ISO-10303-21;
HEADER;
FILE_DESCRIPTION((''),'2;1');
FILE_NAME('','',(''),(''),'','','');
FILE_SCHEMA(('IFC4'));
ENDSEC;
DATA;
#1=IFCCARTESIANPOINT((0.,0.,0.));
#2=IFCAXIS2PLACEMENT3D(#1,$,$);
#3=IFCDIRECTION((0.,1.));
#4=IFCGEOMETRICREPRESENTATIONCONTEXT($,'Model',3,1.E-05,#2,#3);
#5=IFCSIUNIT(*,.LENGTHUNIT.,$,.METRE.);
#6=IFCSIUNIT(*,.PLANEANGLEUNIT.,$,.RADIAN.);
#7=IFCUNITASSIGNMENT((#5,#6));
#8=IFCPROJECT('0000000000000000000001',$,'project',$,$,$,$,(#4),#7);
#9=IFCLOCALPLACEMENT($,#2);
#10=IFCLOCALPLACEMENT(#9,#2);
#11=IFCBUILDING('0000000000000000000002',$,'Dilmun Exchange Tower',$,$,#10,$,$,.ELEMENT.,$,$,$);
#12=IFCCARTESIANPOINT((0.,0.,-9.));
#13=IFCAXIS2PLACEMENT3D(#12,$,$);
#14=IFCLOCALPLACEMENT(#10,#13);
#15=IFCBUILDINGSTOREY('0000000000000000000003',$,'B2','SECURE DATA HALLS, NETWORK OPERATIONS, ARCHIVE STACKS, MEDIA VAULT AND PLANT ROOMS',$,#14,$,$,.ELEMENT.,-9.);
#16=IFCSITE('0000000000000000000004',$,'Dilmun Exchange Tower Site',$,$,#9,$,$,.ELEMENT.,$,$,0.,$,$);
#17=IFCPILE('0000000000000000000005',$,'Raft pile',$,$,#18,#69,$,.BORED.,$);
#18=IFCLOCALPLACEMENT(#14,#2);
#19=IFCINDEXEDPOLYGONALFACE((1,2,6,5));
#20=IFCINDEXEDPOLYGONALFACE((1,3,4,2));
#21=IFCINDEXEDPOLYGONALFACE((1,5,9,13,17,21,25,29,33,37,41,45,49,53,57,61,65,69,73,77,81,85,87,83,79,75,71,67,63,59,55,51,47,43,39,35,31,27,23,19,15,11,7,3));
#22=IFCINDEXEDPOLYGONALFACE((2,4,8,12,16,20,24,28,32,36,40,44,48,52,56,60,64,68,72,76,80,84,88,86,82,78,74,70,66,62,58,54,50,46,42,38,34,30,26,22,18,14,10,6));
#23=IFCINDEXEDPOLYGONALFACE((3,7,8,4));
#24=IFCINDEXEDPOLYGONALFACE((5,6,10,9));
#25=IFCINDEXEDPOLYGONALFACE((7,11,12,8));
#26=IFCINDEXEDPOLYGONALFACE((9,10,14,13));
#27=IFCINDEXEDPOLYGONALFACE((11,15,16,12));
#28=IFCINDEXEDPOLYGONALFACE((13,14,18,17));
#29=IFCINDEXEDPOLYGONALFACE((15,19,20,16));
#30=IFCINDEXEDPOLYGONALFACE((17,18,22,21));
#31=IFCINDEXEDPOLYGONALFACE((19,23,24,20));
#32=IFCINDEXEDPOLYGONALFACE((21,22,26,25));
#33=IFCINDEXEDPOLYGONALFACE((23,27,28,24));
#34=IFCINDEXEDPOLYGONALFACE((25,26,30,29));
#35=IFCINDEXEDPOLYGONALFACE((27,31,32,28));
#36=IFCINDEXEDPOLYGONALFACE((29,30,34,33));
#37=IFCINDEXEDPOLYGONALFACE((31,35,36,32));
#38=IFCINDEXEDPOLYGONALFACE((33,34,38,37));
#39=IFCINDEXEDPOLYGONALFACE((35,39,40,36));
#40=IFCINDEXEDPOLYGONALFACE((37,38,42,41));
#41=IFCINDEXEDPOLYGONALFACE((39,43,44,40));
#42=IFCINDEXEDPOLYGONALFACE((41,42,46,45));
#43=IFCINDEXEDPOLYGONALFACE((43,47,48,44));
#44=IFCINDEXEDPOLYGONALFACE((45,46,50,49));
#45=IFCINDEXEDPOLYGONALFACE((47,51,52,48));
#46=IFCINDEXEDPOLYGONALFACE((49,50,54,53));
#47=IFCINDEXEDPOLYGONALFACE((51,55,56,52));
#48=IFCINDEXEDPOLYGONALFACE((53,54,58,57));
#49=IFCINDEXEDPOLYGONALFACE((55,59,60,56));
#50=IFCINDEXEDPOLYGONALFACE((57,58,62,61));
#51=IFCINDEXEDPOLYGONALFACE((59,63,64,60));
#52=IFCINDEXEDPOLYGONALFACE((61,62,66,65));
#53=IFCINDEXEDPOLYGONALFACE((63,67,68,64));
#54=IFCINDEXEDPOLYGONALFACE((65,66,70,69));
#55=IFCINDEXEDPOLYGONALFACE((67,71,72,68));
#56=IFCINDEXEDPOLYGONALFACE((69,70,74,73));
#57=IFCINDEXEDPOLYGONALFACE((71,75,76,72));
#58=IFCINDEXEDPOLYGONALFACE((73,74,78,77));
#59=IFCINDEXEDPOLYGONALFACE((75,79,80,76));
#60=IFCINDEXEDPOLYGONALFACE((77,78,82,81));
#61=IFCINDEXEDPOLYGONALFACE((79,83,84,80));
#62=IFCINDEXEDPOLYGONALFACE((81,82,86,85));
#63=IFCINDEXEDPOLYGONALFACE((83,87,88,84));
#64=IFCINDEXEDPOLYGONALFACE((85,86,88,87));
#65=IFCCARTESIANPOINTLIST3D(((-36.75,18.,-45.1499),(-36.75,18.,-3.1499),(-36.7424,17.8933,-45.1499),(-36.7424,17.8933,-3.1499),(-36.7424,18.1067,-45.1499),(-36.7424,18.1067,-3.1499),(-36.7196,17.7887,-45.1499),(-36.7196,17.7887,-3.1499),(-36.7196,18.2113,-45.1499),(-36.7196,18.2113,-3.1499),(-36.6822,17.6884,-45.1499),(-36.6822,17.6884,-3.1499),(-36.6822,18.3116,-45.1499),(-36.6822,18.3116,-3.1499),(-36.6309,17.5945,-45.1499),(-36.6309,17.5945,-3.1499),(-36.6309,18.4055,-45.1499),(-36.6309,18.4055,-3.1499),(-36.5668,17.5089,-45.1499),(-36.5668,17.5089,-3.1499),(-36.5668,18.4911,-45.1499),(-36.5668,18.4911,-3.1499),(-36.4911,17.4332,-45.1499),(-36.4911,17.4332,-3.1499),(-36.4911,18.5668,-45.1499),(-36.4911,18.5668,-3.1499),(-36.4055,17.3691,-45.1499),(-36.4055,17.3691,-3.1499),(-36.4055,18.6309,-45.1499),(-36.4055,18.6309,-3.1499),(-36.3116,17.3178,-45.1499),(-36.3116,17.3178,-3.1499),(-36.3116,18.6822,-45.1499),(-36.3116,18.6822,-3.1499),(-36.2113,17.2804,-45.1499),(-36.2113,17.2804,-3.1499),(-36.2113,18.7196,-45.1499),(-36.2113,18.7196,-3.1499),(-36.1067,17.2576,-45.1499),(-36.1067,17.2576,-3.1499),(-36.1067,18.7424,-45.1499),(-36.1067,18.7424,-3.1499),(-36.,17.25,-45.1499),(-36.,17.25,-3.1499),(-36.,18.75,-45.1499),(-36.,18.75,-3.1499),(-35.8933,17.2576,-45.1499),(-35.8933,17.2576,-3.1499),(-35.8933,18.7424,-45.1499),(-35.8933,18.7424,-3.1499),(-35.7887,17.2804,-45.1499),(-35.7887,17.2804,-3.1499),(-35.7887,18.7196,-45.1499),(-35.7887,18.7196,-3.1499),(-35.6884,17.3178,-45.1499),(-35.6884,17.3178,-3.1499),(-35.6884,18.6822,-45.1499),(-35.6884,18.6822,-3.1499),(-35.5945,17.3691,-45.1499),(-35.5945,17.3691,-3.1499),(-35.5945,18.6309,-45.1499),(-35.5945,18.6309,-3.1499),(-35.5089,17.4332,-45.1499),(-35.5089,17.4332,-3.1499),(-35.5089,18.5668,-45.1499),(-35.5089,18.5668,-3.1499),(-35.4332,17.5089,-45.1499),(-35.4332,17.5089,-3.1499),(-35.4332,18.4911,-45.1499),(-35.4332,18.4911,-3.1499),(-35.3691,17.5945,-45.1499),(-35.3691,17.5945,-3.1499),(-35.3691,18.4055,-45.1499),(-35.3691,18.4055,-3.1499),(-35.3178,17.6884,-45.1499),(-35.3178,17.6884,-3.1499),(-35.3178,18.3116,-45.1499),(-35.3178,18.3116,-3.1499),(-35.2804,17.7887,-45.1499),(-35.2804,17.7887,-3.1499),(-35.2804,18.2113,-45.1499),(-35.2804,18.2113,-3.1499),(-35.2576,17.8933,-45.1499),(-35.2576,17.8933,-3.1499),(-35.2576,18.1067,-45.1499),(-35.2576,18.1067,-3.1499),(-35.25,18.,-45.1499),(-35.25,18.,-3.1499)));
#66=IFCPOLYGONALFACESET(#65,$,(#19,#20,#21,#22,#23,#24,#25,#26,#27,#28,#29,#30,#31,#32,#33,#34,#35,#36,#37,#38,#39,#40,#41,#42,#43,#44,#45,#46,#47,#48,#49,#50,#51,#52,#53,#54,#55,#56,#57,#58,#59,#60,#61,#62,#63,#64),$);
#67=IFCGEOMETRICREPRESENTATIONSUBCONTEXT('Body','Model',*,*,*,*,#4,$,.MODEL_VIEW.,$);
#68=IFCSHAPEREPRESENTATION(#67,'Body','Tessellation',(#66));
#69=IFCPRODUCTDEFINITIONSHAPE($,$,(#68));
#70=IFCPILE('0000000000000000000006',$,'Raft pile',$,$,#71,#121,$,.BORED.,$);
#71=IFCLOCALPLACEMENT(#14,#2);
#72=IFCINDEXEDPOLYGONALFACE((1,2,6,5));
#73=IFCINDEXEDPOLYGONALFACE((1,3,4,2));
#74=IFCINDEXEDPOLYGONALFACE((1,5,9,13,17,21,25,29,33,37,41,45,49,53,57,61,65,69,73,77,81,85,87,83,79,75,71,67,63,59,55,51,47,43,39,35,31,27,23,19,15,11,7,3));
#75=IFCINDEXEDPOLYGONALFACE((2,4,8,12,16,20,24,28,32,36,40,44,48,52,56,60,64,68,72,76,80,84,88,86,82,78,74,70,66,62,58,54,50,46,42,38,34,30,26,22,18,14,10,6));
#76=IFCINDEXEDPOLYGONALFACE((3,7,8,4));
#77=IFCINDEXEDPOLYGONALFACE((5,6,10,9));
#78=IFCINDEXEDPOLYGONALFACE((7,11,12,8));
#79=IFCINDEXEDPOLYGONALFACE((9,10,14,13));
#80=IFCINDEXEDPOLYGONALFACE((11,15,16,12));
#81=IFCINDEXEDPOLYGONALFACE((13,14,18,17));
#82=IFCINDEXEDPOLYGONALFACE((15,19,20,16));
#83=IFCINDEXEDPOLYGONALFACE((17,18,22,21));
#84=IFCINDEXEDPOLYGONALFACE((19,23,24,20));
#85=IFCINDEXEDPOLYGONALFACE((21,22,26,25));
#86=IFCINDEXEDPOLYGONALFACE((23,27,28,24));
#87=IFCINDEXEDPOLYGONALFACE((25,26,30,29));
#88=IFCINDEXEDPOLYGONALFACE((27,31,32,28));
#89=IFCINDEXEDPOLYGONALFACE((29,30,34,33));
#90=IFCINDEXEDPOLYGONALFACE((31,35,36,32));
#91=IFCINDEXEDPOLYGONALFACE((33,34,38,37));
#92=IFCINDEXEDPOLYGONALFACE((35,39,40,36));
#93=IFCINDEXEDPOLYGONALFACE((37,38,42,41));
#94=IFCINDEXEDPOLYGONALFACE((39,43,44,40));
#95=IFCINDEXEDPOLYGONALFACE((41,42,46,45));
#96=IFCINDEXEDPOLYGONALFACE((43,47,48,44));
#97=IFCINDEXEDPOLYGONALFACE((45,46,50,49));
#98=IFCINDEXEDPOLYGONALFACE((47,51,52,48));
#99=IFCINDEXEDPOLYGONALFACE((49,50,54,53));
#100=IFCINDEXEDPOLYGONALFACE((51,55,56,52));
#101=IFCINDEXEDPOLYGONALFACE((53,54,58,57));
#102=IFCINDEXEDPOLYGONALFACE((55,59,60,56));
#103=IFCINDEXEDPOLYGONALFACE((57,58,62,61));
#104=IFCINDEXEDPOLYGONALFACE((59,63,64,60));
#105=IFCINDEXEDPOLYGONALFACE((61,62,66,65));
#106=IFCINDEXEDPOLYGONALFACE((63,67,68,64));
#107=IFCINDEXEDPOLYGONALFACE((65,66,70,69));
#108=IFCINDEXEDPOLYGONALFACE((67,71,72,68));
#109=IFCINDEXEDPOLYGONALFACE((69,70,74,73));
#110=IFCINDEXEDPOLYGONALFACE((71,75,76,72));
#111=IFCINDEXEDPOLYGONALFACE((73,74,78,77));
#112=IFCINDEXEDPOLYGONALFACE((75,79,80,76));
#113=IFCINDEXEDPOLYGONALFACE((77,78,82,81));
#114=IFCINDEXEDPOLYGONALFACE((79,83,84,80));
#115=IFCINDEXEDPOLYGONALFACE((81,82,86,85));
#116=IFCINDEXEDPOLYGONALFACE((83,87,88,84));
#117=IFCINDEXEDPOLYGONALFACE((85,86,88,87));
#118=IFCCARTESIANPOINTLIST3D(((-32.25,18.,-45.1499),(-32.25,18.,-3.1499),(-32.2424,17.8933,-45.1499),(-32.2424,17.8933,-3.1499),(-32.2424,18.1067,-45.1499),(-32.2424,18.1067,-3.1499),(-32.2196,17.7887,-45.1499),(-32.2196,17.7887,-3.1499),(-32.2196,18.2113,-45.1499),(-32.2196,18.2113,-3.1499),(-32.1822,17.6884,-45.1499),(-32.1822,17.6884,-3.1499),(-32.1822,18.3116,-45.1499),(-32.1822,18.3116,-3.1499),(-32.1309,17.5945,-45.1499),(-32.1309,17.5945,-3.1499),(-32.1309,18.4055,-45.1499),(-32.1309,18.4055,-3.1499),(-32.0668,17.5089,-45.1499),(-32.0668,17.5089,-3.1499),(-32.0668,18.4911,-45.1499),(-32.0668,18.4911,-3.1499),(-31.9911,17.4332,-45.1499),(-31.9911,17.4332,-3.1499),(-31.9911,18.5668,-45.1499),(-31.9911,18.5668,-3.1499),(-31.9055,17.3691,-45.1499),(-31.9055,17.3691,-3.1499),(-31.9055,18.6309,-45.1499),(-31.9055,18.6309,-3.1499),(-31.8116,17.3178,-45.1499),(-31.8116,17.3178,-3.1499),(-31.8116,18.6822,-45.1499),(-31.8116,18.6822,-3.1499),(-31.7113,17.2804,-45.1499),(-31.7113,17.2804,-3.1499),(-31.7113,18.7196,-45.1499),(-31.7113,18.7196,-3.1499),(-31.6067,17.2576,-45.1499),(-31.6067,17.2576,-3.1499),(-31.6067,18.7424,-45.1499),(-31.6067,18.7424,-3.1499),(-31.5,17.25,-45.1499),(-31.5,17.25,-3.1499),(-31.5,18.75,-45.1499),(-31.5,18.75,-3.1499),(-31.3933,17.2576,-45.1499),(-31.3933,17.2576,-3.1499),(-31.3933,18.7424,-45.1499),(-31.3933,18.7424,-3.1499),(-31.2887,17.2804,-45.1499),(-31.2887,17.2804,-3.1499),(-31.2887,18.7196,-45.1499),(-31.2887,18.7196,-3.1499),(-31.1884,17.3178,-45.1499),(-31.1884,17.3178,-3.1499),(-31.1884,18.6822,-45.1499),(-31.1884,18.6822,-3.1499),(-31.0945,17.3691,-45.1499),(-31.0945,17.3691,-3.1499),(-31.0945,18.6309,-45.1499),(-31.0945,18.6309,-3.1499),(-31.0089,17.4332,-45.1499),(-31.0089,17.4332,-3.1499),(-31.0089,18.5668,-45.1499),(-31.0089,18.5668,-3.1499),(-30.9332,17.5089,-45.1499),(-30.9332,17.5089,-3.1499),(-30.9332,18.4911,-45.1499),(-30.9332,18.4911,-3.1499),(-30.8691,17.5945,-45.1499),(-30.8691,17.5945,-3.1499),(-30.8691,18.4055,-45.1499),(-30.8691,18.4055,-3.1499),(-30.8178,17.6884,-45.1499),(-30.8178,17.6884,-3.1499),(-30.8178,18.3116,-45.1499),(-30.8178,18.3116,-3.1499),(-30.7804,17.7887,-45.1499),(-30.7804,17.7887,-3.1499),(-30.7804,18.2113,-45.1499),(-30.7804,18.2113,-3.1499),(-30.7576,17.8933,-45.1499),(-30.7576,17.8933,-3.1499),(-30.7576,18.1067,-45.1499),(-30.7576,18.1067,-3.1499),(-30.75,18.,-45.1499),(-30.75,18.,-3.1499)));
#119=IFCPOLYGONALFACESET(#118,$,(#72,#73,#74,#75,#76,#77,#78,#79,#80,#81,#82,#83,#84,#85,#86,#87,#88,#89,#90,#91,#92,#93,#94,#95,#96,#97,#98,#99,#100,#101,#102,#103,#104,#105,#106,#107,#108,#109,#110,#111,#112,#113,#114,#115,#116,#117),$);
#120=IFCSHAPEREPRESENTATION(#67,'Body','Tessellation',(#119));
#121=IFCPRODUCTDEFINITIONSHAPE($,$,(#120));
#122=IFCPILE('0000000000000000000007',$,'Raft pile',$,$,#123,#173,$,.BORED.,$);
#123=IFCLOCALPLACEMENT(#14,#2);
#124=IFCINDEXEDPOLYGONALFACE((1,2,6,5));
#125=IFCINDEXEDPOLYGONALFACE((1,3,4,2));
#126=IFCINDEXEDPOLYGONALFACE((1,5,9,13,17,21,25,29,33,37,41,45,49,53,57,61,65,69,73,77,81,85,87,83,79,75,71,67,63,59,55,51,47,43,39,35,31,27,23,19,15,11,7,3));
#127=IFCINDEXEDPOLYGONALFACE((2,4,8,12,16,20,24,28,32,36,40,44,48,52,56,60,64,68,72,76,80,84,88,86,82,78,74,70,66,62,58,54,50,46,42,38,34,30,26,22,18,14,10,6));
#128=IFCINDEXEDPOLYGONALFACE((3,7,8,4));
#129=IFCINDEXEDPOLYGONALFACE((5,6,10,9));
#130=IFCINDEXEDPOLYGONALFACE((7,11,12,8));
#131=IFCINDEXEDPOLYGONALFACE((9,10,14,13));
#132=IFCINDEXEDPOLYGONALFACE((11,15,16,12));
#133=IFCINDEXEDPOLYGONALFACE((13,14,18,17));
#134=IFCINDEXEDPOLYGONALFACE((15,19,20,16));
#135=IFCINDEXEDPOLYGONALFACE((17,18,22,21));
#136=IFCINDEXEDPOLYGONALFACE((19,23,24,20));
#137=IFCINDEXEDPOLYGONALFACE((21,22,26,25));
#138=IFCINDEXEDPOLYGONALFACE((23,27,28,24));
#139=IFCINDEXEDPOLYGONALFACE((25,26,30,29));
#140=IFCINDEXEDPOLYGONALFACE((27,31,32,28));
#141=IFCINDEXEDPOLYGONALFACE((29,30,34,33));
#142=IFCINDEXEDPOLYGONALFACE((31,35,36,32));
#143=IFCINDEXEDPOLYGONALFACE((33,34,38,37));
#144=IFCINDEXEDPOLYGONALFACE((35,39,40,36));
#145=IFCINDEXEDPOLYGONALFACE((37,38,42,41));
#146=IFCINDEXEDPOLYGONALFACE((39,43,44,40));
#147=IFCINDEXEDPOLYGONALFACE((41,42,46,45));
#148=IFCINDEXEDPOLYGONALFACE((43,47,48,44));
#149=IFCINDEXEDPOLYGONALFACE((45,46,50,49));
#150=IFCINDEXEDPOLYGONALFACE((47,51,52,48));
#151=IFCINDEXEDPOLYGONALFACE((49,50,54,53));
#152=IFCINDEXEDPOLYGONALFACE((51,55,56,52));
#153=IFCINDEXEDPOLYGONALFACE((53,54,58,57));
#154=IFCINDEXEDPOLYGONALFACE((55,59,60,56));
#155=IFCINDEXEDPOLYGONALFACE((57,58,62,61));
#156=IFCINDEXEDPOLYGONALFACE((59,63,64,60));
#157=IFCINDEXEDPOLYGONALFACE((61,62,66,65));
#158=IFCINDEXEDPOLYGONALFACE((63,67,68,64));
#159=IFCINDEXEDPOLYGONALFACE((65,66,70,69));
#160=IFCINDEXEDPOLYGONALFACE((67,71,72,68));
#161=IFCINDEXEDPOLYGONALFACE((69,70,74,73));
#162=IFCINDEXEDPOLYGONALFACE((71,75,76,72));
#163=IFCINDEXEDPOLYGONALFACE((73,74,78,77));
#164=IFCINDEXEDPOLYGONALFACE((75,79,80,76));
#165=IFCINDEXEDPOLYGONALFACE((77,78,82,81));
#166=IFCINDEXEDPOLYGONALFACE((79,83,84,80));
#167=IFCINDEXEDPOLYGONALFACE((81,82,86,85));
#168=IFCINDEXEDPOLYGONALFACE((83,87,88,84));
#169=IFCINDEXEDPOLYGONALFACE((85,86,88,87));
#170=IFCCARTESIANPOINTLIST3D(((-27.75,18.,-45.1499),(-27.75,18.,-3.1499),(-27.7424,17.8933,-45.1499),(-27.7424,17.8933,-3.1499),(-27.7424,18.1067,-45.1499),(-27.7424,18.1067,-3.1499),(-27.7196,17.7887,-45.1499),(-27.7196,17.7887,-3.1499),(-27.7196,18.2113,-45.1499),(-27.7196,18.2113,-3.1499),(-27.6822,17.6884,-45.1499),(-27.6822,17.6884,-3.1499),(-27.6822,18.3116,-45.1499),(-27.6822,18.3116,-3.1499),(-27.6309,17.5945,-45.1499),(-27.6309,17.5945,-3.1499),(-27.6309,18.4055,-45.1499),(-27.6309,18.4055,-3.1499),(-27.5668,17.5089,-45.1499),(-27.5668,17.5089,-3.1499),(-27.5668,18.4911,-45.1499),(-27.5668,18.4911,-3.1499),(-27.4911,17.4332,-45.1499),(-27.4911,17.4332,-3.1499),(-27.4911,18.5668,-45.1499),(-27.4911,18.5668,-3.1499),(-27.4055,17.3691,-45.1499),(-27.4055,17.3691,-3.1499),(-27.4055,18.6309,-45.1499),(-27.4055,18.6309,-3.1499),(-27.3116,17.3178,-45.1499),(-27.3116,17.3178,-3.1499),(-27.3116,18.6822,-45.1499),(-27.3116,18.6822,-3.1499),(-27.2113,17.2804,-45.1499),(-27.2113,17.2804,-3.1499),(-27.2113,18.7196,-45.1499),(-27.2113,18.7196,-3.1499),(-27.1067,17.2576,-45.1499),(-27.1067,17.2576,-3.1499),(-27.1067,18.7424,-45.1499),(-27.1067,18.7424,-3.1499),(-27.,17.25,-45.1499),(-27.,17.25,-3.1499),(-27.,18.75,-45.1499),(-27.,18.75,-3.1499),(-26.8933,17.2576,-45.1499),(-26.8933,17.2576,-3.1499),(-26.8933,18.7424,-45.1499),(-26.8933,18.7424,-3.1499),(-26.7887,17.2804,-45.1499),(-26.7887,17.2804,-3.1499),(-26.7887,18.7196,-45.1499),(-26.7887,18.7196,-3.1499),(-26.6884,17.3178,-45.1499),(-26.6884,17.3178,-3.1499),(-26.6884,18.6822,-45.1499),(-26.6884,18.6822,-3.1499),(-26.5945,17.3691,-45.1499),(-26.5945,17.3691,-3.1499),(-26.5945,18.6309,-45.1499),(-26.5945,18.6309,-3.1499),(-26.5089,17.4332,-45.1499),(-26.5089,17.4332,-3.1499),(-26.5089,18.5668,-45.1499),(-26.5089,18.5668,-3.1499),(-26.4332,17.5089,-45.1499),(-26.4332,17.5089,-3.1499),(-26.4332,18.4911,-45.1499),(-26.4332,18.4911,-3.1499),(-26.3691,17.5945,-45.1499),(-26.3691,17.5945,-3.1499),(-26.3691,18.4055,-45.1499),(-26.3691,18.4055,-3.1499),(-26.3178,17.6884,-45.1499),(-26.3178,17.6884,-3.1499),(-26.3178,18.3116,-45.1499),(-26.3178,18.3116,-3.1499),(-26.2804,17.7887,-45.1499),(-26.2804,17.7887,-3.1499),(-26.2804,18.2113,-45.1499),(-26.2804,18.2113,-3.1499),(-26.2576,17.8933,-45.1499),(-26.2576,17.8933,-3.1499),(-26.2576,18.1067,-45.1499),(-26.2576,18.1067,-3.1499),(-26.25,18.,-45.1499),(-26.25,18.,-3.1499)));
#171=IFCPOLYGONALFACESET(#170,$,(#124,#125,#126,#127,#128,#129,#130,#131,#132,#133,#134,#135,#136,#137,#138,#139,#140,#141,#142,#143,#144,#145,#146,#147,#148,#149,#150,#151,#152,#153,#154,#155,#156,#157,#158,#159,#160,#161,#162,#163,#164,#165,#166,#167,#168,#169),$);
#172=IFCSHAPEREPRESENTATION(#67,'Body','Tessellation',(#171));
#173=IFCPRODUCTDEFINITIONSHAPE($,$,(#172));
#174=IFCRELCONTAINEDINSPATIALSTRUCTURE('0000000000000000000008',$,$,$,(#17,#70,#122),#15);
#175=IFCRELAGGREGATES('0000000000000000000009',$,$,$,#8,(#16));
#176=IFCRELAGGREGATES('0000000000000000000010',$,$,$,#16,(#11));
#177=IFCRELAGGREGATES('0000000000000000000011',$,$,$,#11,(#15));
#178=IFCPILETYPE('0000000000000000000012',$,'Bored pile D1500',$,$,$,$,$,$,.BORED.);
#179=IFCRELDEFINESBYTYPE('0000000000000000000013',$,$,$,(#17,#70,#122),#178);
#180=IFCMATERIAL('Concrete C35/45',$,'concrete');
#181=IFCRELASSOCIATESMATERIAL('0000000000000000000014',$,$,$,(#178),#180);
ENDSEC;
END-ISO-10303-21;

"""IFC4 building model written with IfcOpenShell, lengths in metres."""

from ifc_helpers import new_model, si_unit, direction, frame, origin, origin_2d, place, context, subcontext, project, spatial, circle, extrude, material, material_profile, profile_set, type_object, element, save


model = new_model("IFC4")

# Units and contexts
model_context = context("Model", 3, precision=1e-05, world=origin(), true_north=direction((0.0, 1.0)))
body_context = subcontext(model_context, "Body", "Model", "MODEL_VIEW")
ifc_project = project(units=[si_unit("LENGTHUNIT", "METRE"), si_unit("PLANEANGLEUNIT", "RADIAN")], contexts=[model_context])

# Site, building, storey
site_placement = place(None, origin())
site = spatial("IfcSite", under=ifc_project, at=site_placement, Name="Dilmun Exchange Tower Site", CompositionType="ELEMENT", RefElevation=0.0)
building_placement = place(site_placement, origin())
building = spatial("IfcBuilding", under=site, at=building_placement, Name="Dilmun Exchange Tower", CompositionType="ELEMENT")
storey_placement = place(building_placement, frame((0.0, 0.0, -9.0)))
storey = spatial("IfcBuildingStorey", under=building, at=storey_placement, Name="B2", Description="SECURE DATA HALLS, NETWORK OPERATIONS, ARCHIVE STACKS, MEDIA VAULT AND PLANT ROOMS", CompositionType="ELEMENT", Elevation=-9.0)

# Piles
ifc_material_1 = material(Name="Concrete C35/45", Category="concrete")
ifc_material_profile_1 = material_profile(ifc_material_1, circle(Radius=0.75, at=origin_2d()), Name="D1500")
ifc_profile_set_1 = profile_set([ifc_material_profile_1], Name="Concrete C35/45")
pile_type = type_object("IfcPileType", Name="Bored pile D1500", PredefinedType="BORED", material=ifc_profile_set_1)
for number, where, z_axis, x_axis, name in (
    (1, (-36.0, 18.0, -3.1499), (0.0, 0.0, -1.0), (1.0, 0.0, 0.0), "Raft pile"),
    (2, (-31.5, 18.0, -3.1499), (0.0, 0.0, -1.0), (1.0, 0.0, 0.0), "Raft pile"),
    (3, (-27.0, 18.0, -3.1499), (0.0, 0.0, -1.0), (1.0, 0.0, 0.0), "Raft pile"),
):
    element("IfcPile", number, at=place(storey_placement, frame(where, z_axis=z_axis, x_axis=x_axis)), inside=storey, type_object=pile_type, Name=name, PredefinedType="BORED", context=body_context, shape_type="SweptSolid", body=[
        extrude(circle(Radius=0.75, at=origin_2d()), origin(), (0.0, 0.0, 1.0), 42.0),
    ])

save(model, "model.ifc")
